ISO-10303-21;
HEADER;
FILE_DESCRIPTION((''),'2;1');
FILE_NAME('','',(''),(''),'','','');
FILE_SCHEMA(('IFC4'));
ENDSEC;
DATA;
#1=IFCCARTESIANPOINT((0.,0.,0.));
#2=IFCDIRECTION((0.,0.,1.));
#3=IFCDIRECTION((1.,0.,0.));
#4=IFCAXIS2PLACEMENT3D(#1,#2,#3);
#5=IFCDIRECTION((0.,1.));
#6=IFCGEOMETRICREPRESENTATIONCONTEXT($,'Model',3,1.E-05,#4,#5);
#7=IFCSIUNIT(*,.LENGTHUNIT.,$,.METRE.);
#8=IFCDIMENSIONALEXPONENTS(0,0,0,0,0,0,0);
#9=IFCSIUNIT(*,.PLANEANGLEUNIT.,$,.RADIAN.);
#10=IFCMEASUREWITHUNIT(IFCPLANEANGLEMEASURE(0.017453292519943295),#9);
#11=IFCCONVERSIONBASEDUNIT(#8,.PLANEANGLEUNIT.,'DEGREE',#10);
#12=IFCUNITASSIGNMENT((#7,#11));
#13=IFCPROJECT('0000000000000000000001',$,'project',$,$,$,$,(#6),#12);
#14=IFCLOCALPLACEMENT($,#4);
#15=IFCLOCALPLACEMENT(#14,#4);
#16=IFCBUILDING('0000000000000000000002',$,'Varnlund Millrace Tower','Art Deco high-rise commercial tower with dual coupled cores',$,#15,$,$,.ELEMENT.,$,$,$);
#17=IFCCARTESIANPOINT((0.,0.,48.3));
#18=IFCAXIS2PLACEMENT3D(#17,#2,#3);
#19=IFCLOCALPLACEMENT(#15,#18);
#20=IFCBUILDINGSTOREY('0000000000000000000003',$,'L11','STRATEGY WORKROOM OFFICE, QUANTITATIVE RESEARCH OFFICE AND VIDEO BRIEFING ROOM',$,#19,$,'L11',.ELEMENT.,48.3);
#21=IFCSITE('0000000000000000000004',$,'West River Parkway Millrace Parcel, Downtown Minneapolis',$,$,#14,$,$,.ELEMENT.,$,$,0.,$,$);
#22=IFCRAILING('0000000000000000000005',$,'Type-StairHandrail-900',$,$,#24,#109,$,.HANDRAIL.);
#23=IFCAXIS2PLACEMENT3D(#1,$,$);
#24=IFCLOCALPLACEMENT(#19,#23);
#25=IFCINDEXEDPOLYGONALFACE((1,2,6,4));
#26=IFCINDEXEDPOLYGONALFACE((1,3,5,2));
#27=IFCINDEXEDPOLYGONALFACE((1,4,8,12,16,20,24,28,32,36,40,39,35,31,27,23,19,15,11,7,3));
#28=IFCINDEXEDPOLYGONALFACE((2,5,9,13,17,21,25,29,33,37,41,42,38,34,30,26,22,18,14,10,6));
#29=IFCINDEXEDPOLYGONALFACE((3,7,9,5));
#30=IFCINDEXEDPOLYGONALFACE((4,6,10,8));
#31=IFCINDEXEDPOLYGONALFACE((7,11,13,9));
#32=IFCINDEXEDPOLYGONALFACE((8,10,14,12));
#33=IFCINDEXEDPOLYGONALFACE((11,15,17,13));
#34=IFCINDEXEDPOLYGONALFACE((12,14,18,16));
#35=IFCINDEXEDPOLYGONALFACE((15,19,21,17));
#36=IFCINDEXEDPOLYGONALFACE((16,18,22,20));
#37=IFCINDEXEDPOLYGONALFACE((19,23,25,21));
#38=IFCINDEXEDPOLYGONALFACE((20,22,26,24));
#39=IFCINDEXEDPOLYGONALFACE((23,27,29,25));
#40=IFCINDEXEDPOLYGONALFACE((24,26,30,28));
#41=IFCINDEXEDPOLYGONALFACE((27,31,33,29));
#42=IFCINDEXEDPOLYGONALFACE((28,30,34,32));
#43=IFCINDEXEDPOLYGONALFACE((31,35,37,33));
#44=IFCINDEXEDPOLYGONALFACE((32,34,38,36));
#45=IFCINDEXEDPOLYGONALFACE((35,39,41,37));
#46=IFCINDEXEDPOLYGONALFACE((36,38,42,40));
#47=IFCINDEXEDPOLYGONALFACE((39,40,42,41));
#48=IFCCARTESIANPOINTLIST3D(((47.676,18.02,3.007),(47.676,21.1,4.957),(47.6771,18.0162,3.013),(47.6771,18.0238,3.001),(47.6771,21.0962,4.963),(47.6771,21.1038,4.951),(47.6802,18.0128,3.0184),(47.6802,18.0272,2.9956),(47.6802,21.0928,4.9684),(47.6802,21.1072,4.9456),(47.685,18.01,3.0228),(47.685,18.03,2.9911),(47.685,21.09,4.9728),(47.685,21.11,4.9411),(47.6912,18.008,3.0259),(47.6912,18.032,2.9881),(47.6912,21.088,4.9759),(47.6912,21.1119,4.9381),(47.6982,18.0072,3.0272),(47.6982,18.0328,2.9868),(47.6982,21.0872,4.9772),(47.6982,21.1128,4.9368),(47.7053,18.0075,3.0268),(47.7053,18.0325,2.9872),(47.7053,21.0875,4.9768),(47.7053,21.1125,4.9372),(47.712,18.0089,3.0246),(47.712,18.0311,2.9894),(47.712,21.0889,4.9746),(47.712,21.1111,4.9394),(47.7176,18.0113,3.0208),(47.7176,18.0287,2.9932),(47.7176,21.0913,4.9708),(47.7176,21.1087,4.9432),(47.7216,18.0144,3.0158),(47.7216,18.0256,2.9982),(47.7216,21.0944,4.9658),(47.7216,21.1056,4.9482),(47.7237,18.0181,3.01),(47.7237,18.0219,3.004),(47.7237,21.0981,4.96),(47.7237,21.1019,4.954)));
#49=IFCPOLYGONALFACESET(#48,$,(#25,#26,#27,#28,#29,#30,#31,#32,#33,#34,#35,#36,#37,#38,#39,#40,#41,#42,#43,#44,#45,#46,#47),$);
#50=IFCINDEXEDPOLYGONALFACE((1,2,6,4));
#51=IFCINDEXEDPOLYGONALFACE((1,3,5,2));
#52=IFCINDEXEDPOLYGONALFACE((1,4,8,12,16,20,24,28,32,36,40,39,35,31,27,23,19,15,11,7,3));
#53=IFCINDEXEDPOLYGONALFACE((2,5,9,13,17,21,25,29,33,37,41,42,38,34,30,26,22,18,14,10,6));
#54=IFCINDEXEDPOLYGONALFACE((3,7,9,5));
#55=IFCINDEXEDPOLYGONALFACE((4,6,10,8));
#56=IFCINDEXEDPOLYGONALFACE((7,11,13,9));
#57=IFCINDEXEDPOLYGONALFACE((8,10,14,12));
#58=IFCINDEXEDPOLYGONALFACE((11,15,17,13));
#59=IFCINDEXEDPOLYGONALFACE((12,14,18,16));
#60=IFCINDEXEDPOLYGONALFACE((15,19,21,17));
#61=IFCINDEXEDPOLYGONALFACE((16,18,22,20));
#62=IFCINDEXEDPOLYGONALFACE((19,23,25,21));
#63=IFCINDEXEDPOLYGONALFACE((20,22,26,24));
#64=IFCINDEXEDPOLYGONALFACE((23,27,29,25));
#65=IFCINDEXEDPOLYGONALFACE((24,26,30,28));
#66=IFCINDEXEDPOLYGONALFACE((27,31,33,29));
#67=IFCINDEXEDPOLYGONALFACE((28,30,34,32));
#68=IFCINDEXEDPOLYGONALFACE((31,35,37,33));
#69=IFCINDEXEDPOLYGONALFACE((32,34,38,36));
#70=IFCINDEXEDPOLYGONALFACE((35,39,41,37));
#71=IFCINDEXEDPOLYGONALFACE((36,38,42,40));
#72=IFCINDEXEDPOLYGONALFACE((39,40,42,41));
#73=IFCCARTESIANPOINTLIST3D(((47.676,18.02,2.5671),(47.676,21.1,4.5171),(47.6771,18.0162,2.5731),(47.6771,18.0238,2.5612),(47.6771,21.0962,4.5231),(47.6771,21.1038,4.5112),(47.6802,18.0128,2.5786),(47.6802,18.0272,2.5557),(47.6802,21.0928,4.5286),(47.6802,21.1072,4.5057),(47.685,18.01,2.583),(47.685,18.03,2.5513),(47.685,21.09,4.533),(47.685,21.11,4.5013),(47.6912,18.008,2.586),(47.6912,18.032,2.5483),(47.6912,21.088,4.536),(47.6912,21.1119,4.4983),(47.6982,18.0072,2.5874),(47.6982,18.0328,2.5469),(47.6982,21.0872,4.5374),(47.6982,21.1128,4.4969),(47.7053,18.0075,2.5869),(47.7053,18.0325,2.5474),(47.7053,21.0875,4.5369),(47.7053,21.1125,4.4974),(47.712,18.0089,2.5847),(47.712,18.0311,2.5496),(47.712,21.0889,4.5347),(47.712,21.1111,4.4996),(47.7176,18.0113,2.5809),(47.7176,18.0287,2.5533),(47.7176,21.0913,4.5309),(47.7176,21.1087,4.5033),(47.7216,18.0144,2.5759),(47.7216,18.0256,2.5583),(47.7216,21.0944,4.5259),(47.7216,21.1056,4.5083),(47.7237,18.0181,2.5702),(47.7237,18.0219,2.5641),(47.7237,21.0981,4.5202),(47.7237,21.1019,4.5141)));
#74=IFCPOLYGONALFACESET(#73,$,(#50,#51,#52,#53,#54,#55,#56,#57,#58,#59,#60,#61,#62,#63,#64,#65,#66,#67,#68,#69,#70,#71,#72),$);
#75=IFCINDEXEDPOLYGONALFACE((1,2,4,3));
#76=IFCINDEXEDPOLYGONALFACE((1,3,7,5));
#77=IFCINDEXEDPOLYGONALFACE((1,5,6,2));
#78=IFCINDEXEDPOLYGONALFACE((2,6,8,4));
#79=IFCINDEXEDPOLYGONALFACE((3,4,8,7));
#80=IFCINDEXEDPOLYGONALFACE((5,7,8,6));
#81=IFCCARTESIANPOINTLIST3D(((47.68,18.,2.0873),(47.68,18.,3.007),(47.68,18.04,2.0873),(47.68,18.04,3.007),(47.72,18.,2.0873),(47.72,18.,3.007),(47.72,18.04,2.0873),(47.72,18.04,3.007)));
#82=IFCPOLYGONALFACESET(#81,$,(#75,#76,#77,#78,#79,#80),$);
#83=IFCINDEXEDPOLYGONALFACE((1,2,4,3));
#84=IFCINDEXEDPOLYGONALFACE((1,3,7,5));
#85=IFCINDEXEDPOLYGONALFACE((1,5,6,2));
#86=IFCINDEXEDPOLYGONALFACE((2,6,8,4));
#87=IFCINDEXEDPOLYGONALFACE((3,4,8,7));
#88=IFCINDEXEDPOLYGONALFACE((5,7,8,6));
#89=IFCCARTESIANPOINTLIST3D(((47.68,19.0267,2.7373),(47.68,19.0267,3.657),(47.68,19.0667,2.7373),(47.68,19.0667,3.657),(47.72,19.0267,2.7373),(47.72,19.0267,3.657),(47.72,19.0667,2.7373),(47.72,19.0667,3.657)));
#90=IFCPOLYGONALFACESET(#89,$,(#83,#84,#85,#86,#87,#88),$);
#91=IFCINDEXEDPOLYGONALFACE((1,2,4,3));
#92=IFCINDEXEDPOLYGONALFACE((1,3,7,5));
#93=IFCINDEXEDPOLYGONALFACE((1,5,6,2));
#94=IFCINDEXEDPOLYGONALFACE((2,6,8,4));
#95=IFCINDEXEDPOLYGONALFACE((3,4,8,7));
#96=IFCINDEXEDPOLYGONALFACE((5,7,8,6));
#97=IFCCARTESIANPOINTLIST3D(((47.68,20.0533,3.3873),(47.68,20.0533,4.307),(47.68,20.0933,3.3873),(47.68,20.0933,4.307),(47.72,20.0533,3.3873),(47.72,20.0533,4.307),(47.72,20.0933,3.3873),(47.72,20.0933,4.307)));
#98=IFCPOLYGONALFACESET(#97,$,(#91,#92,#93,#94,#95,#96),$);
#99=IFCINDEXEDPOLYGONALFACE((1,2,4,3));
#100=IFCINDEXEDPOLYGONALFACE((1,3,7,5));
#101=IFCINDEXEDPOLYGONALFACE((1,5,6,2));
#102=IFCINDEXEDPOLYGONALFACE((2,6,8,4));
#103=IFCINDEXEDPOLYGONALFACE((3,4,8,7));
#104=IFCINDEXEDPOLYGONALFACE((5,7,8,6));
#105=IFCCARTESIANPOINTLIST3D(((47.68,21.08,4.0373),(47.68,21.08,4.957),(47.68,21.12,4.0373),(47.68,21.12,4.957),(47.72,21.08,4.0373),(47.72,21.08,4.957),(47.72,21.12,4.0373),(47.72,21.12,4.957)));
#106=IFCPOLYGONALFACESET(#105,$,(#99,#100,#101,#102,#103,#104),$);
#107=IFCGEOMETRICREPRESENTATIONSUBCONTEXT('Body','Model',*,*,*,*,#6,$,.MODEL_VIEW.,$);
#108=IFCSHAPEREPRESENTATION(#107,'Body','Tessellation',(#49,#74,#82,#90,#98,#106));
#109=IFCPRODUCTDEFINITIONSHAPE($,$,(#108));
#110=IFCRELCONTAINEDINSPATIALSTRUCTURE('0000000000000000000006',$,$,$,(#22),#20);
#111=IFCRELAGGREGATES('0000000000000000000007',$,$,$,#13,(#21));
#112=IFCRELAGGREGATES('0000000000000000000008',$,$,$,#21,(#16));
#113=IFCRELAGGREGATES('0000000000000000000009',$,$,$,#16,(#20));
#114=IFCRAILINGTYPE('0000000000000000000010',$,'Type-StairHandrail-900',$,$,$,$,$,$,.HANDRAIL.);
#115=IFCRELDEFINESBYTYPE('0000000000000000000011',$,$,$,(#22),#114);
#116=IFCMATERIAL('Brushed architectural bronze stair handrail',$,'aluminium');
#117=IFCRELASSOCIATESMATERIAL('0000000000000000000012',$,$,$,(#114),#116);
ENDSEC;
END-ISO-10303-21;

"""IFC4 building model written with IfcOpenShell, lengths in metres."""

from ifc_helpers import new_model, entity, si_unit, converted_unit, direction, frame, origin_with_axes, origin_2d_with_axis, place, context, subcontext, project, spatial, rectangle, circle, extrude, material, type_object, element, save


model = new_model("IFC4")

# Units and contexts
model_context = context("Model", 3, precision=1e-05, world=origin_with_axes(), true_north=direction((0.0, 1.0)))
body_context = subcontext(model_context, "Body", "Model", "MODEL_VIEW")
ifc_project = project(units=[si_unit("LENGTHUNIT", "METRE"), converted_unit("PLANEANGLEUNIT", "DEGREE", entity("IfcPlaneAngleMeasure", 0.017453292519943295), si_unit("PLANEANGLEUNIT", "RADIAN"), dimensions=[0, 0, 0, 0, 0, 0, 0])], contexts=[model_context])

# Site, building, storey
site_placement = place(None, origin_with_axes())
site = spatial("IfcSite", under=ifc_project, at=site_placement, Name="West River Parkway Millrace Parcel, Downtown Minneapolis", CompositionType="ELEMENT", RefElevation=0.0)
building_placement = place(site_placement, origin_with_axes())
building = spatial("IfcBuilding", under=site, at=building_placement, Name="Varnlund Millrace Tower", Description="Art Deco high-rise commercial tower with dual coupled cores", CompositionType="ELEMENT")
storey_placement = place(building_placement, frame((0.0, 0.0, 48.3), z_axis=(0.0, 0.0, 1.0), x_axis=(1.0, 0.0, 0.0)))
storey = spatial("IfcBuildingStorey", under=building, at=storey_placement, Name="L11", Description="STRATEGY WORKROOM OFFICE, QUANTITATIVE RESEARCH OFFICE AND VIDEO BRIEFING ROOM", LongName="L11", CompositionType="ELEMENT", Elevation=48.3)

# Railing
ifc_material_1 = material(Name="Brushed architectural bronze stair handrail", Category="aluminium")
railing_type_1 = type_object("IfcRailingType", Name="Type-StairHandrail-900", PredefinedType="HANDRAIL", material=ifc_material_1)
railing_1_placement = place(storey_placement, frame((0.0, 0.0, -48.3), z_axis=(0.0, 0.0, 1.0), x_axis=(1.0, 0.0, 0.0)))
element("IfcRailing", 1, at=railing_1_placement, inside=storey, type_object=railing_type_1, Name="Type-StairHandrail-900", PredefinedType="HANDRAIL", context=body_context, shape_type="SweptSolid", body=[
    extrude(circle(Radius=0.024, at=origin_2d_with_axis()), frame((47.7, 18.02, 51.307), z_axis=(0.0, 0.844902, 0.534922), x_axis=(-1.0, 0.0, 0.0)), (0.0, 0.0, 1.0), 3.6454),
    extrude(circle(Radius=0.024, at=origin_2d_with_axis()), frame((47.7, 18.02, 50.8671), z_axis=(0.0, 0.844902, 0.534922), x_axis=(-1.0, 0.0, 0.0)), (0.0, 0.0, 1.0), 3.6454),
    extrude(rectangle(XDim=0.04, YDim=0.04, at=origin_2d_with_axis()), frame((47.7, 18.02, 50.3873), z_axis=(0.0, 0.0, 1.0), x_axis=(1.0, 0.0, 0.0)), (0.0, 0.0, 1.0), 0.9197),
    extrude(rectangle(XDim=0.04, YDim=0.04, at=origin_2d_with_axis()), frame((47.7, 19.0467, 51.0373), z_axis=(0.0, 0.0, 1.0), x_axis=(1.0, 0.0, 0.0)), (0.0, 0.0, 1.0), 0.9197),
    extrude(rectangle(XDim=0.04, YDim=0.04, at=origin_2d_with_axis()), frame((47.7, 20.0733, 51.6873), z_axis=(0.0, 0.0, 1.0), x_axis=(1.0, 0.0, 0.0)), (0.0, 0.0, 1.0), 0.9197),
    extrude(rectangle(XDim=0.04, YDim=0.04, at=origin_2d_with_axis()), frame((47.7, 21.1, 52.3373), z_axis=(0.0, 0.0, 1.0), x_axis=(1.0, 0.0, 0.0)), (0.0, 0.0, 1.0), 0.9197),
])

save(model, "model.ifc")
